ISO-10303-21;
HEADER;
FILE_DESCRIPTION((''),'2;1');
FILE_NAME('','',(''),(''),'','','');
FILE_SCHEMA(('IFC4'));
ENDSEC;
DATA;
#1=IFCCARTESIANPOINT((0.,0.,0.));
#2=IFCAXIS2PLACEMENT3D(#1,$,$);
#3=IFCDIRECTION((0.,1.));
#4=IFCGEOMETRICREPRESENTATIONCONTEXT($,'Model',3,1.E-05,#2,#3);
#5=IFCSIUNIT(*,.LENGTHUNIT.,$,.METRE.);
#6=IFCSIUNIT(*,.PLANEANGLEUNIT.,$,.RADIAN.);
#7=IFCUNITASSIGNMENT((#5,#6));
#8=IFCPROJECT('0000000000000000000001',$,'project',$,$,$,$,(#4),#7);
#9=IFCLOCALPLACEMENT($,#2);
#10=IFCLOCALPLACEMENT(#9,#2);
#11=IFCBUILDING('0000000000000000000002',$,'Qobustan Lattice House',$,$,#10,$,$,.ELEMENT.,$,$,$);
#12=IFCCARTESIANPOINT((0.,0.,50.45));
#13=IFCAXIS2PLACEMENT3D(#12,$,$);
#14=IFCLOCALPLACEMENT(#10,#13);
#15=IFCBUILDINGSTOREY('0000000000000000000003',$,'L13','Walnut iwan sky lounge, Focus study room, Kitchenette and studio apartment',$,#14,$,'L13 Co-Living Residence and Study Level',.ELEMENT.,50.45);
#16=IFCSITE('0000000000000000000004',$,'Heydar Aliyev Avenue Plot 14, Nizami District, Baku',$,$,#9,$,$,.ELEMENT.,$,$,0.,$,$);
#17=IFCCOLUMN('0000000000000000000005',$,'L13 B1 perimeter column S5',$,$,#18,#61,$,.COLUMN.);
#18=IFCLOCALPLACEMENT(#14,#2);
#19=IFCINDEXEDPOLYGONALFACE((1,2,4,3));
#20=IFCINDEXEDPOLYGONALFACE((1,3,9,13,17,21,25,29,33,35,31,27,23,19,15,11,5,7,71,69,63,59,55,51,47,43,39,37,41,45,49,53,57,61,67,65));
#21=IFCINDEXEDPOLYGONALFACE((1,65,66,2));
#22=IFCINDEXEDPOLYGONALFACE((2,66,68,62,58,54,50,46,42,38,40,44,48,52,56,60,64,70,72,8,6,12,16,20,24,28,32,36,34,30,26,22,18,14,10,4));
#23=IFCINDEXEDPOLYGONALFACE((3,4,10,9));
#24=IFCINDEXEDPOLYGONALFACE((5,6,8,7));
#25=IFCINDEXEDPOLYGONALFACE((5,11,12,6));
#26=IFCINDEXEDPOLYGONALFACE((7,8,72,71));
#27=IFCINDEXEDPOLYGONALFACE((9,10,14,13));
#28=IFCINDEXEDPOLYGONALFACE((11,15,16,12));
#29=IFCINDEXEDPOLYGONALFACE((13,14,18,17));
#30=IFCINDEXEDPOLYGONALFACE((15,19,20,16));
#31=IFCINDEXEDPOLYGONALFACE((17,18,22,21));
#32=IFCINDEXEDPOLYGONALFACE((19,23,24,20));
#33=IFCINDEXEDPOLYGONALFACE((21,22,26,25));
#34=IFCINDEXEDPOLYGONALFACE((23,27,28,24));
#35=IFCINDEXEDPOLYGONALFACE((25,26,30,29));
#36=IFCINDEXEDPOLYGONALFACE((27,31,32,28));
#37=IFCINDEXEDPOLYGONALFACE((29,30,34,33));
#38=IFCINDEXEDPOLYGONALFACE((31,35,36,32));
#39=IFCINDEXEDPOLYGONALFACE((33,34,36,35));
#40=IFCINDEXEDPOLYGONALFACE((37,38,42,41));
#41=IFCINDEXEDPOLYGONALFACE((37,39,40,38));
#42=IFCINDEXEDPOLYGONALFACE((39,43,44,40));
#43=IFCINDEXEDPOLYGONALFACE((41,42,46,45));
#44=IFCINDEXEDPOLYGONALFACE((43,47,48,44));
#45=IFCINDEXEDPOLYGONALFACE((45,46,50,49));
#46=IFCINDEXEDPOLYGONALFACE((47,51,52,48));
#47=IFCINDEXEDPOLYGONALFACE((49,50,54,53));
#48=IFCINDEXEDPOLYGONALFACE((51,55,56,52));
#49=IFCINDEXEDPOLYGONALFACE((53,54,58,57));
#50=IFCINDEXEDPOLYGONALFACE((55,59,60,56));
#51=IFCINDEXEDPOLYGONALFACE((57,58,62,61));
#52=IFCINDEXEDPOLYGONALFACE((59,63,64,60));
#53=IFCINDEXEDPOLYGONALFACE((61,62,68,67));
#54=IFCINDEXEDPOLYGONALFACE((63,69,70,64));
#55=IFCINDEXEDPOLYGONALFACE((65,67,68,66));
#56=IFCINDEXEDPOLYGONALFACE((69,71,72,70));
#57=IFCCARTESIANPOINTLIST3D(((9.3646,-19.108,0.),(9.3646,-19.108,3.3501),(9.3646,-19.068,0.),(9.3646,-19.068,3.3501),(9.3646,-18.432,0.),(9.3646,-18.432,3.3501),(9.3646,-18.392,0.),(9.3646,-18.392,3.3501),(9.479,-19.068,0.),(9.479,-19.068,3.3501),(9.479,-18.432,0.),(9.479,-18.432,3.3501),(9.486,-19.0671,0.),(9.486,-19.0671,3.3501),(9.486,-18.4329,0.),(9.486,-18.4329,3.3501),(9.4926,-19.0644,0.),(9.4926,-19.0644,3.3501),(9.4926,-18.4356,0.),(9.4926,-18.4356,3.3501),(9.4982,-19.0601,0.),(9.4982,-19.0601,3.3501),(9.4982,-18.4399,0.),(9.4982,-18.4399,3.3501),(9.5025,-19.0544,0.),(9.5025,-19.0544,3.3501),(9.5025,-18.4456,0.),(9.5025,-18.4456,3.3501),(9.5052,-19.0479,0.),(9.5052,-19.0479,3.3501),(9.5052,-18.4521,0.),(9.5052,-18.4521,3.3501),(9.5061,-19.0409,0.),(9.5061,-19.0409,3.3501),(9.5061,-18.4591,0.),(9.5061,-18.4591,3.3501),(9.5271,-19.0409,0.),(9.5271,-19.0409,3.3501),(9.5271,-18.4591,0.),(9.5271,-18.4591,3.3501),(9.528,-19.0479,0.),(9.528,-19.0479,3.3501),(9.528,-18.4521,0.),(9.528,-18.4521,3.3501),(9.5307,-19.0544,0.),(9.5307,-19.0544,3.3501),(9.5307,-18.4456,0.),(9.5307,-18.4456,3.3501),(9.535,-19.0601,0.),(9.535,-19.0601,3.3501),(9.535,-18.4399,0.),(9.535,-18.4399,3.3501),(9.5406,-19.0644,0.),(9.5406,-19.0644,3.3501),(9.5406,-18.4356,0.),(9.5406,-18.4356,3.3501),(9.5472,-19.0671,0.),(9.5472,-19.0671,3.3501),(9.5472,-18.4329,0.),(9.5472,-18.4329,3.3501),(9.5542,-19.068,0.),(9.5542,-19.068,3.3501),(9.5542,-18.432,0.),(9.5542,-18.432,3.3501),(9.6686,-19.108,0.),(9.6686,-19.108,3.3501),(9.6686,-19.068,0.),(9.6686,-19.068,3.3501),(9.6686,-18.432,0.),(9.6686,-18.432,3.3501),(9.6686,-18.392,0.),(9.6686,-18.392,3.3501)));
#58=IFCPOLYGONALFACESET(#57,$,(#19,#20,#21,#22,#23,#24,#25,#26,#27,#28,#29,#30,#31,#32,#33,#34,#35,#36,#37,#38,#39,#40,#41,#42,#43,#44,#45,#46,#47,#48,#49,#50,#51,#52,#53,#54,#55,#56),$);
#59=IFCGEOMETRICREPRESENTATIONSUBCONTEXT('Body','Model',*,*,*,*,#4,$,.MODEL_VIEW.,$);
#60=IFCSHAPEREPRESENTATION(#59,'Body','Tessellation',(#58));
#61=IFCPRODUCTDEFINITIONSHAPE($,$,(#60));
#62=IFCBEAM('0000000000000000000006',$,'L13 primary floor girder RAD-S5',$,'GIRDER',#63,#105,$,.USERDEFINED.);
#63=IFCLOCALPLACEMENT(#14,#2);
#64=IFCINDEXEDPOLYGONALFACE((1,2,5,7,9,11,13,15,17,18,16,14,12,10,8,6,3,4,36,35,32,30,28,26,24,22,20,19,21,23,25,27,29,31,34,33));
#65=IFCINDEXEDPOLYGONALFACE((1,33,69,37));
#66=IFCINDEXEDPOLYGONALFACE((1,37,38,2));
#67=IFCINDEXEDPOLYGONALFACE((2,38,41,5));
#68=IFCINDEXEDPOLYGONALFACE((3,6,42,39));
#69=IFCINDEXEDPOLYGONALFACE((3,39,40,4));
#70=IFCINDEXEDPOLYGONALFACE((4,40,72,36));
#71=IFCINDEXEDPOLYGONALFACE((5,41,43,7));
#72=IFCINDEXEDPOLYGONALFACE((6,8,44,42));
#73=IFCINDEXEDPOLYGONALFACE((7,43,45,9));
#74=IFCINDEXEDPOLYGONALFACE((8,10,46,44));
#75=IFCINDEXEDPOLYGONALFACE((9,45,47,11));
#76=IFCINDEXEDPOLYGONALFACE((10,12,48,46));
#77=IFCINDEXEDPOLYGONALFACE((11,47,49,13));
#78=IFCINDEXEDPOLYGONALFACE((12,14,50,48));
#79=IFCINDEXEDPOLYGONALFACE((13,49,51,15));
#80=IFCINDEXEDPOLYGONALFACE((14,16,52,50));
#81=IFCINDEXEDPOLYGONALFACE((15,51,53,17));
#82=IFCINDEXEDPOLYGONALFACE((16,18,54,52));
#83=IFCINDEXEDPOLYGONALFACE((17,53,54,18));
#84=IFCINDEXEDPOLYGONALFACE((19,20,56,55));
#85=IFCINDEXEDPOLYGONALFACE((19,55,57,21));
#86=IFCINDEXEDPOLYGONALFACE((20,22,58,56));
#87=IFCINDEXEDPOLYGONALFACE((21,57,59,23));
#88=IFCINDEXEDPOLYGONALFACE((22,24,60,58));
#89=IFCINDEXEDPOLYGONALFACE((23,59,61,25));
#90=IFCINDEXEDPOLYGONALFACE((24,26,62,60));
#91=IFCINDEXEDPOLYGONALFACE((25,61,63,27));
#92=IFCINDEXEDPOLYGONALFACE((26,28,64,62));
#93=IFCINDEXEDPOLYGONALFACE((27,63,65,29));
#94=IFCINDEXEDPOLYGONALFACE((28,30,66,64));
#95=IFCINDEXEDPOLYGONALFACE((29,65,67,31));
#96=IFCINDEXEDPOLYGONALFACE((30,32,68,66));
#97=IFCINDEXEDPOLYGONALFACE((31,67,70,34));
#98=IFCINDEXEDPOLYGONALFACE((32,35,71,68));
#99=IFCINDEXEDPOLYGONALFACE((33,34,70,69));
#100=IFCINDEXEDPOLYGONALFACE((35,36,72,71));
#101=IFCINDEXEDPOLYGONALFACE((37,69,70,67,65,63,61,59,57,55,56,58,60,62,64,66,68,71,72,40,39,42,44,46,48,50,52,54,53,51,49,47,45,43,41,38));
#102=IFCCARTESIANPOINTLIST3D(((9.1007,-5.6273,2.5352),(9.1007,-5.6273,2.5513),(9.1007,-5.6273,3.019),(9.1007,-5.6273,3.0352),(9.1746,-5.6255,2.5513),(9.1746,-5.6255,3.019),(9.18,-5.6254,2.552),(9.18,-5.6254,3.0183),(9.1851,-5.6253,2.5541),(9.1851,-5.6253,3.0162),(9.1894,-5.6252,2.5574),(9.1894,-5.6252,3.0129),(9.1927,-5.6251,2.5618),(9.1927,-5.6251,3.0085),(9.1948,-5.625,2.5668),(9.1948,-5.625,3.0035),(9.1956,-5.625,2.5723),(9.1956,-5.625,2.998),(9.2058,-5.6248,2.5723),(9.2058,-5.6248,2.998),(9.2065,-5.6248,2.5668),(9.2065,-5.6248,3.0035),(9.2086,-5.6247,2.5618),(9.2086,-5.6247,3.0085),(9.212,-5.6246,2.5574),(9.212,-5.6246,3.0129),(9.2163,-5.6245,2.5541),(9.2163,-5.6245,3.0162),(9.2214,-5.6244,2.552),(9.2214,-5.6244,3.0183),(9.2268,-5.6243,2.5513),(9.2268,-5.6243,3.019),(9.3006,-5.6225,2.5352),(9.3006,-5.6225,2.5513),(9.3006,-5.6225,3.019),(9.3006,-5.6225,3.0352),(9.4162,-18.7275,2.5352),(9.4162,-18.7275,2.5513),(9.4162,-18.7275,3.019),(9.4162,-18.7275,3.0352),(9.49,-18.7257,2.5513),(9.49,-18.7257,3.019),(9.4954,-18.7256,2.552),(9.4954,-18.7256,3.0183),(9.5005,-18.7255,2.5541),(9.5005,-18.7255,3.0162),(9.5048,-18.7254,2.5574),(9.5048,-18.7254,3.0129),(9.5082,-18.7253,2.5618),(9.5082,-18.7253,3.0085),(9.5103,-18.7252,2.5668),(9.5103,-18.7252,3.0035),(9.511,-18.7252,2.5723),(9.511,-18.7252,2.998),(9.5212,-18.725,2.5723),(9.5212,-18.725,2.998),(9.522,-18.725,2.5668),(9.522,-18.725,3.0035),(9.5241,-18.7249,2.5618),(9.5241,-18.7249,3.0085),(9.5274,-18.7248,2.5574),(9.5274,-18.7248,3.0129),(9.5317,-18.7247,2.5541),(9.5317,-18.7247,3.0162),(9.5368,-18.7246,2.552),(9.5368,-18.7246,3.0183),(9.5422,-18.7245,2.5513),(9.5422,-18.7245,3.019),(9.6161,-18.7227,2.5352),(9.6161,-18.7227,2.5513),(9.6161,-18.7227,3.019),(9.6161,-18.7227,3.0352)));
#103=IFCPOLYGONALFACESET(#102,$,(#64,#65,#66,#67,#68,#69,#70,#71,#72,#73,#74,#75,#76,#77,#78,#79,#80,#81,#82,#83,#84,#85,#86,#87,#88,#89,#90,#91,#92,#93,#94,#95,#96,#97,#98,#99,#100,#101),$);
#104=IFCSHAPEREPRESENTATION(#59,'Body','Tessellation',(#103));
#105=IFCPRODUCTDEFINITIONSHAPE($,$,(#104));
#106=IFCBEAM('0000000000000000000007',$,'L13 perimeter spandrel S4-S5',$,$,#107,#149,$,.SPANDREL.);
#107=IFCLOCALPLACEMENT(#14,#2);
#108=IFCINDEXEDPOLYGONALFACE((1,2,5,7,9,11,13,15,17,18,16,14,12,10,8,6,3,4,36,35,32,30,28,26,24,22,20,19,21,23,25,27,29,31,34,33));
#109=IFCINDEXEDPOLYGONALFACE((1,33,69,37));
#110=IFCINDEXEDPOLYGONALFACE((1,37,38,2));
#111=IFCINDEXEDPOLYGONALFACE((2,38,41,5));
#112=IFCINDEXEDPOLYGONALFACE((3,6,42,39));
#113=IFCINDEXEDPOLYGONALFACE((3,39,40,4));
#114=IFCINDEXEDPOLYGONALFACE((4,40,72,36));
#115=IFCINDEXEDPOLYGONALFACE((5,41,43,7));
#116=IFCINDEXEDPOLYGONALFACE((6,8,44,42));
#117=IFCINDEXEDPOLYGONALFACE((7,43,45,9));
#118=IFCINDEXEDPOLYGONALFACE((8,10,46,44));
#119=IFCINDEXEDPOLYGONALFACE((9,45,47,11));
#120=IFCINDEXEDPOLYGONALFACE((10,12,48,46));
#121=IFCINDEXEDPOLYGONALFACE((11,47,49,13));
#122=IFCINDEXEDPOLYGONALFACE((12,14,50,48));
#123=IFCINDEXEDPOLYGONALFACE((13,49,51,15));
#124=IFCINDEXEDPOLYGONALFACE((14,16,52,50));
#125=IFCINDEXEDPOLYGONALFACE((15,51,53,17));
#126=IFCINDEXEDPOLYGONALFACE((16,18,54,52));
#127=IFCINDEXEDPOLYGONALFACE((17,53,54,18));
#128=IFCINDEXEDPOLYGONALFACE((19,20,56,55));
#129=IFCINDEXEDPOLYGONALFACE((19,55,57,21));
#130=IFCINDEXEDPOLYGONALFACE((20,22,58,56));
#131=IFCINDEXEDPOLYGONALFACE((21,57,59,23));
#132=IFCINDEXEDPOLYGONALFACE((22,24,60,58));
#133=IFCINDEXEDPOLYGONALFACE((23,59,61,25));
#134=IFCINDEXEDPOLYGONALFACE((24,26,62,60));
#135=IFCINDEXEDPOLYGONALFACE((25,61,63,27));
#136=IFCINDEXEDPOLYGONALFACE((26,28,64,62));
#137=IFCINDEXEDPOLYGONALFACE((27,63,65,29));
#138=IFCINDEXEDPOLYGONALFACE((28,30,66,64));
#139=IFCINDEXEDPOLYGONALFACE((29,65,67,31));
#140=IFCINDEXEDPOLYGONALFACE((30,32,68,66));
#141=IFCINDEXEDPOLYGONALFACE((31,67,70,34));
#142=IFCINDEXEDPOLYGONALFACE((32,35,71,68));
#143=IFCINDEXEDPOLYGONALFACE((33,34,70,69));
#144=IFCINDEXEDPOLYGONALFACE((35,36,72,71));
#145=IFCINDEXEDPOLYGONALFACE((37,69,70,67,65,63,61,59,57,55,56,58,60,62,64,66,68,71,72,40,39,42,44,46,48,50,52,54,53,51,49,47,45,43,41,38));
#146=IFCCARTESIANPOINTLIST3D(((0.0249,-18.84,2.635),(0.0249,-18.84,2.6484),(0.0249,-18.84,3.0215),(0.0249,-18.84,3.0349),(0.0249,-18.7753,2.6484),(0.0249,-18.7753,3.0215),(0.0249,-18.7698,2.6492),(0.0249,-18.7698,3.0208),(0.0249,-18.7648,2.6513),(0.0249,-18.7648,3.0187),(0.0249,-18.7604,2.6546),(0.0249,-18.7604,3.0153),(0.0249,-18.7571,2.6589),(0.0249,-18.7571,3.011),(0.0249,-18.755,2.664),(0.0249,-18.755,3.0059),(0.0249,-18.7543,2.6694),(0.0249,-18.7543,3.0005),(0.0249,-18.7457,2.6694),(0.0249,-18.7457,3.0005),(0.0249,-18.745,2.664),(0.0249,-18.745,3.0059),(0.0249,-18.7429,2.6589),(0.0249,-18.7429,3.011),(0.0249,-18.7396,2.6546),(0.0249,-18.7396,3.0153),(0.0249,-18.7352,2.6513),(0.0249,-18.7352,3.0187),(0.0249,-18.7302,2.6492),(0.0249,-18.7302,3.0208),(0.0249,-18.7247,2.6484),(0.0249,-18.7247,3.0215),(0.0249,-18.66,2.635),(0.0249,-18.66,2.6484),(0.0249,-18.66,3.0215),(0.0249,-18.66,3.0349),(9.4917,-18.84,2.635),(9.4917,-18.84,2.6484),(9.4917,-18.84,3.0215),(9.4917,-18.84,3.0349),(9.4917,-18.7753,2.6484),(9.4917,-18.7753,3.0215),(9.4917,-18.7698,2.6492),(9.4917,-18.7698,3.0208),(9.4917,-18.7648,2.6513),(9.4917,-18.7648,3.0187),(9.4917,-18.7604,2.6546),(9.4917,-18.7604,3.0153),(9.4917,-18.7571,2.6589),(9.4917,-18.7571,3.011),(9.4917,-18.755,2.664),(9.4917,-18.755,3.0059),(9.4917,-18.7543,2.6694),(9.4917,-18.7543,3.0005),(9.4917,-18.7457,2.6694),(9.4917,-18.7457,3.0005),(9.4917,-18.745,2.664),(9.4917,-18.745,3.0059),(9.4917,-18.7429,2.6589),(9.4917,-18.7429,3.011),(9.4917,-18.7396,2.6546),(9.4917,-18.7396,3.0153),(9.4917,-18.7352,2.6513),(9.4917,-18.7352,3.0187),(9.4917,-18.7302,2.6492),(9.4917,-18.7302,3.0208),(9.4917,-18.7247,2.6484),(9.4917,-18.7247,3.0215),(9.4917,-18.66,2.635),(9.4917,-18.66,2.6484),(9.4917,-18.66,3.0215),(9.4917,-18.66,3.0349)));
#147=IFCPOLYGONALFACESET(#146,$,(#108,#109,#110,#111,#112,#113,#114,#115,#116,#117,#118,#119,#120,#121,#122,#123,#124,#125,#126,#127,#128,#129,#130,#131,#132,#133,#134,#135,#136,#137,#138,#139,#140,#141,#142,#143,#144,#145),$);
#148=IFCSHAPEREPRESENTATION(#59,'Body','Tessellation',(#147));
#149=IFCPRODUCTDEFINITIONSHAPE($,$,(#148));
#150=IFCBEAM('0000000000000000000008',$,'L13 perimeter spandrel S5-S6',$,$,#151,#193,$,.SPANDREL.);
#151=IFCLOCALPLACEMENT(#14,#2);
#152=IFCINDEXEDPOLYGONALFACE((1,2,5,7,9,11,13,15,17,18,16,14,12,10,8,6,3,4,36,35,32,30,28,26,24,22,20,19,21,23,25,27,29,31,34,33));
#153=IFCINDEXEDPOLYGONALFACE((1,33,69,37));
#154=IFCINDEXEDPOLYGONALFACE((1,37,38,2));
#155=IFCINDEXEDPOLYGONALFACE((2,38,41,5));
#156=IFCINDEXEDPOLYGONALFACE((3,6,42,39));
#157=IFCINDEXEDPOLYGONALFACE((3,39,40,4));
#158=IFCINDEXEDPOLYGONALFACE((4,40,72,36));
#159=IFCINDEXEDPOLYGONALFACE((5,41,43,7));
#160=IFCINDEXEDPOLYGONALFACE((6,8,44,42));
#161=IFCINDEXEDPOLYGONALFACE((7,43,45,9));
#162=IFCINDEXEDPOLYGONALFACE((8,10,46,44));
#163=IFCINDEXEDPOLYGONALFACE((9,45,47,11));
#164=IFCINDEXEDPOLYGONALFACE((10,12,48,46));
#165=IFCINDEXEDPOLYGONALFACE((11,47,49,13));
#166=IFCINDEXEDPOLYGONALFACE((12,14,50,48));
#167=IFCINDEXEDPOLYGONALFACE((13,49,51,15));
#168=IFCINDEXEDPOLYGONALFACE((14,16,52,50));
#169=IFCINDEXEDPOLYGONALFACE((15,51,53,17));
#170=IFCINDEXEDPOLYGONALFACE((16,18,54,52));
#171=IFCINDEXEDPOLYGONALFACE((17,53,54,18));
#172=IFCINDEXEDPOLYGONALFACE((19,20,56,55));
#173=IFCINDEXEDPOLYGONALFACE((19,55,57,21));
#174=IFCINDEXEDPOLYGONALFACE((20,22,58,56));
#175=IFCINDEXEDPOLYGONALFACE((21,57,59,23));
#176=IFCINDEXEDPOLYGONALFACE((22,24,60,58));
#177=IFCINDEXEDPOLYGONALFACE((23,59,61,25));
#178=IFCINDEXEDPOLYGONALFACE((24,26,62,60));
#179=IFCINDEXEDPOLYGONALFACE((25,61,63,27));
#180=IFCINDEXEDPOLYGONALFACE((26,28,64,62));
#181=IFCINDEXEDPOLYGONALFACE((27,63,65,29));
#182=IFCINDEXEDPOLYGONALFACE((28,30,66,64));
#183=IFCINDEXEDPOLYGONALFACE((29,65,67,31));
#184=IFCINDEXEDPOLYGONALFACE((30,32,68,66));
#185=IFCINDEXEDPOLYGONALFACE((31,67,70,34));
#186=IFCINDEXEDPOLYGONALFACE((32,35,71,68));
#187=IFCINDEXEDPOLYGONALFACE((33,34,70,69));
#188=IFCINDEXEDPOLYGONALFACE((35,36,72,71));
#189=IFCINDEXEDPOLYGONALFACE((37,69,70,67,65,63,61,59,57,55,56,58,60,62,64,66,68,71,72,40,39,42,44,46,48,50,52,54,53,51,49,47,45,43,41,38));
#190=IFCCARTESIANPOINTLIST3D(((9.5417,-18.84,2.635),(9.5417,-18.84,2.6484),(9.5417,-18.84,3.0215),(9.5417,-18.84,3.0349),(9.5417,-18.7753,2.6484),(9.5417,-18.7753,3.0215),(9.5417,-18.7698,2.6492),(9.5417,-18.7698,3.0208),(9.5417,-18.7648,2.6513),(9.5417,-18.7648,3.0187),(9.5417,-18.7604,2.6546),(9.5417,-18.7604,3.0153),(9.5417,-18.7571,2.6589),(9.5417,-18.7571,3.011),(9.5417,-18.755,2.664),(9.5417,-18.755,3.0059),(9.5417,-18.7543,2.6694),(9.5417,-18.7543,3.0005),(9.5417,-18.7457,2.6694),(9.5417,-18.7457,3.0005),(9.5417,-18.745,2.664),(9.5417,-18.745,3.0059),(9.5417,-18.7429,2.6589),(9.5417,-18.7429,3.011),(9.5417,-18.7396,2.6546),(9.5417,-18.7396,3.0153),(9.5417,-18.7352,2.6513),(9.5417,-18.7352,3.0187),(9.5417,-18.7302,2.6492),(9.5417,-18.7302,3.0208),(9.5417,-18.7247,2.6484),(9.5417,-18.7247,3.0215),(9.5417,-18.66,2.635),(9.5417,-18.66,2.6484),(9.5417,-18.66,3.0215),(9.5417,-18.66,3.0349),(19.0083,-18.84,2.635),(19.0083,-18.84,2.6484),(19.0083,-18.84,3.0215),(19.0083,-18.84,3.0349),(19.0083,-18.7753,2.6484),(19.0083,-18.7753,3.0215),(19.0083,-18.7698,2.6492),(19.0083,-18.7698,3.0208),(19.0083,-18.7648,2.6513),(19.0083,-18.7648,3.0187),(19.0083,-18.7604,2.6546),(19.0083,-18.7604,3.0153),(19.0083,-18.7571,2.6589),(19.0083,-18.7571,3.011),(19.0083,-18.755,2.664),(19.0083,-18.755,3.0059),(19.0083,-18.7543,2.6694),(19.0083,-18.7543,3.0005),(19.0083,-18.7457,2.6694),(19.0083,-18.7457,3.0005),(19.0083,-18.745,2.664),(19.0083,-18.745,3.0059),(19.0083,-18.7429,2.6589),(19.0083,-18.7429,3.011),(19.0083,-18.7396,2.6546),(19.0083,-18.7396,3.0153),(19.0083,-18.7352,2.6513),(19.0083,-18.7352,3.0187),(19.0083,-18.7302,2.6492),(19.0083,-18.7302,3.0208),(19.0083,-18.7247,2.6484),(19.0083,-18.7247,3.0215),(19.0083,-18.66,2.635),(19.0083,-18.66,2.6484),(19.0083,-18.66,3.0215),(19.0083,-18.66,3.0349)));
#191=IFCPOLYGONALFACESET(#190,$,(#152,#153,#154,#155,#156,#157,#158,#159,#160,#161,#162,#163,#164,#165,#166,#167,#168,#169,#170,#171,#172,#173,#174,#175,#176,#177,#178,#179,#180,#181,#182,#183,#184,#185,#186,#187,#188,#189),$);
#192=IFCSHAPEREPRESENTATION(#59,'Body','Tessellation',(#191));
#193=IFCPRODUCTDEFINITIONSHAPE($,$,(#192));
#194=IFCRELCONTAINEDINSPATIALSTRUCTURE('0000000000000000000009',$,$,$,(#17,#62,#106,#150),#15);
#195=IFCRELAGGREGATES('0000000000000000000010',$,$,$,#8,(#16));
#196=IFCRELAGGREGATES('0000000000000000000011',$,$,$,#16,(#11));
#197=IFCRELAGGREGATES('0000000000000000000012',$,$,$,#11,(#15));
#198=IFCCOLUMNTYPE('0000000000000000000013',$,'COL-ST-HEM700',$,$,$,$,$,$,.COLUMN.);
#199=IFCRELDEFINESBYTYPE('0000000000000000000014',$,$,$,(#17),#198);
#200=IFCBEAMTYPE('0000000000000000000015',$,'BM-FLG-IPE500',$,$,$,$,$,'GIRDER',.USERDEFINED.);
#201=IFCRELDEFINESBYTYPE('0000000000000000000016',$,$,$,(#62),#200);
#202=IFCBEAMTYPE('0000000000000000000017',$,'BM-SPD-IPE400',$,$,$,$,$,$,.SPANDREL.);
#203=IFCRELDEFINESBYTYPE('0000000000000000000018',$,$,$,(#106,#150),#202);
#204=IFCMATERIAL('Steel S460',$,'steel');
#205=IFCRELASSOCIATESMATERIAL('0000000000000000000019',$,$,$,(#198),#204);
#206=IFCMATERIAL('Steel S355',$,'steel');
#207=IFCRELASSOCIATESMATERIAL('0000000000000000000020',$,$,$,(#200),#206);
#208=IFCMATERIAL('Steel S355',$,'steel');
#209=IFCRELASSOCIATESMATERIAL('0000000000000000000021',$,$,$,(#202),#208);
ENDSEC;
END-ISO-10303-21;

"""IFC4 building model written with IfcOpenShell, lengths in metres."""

from ifc_helpers import new_model, si_unit, direction, frame, origin, origin_2d, place, context, subcontext, project, spatial, i_section, extrude, material, material_profile, profile_set, type_object, element, save


model = new_model("IFC4")

# Units and contexts
model_context = context("Model", 3, precision=1e-05, world=origin(), true_north=direction((0.0, 1.0)))
body_context = subcontext(model_context, "Body", "Model", "MODEL_VIEW")
ifc_project = project(units=[si_unit("LENGTHUNIT", "METRE"), si_unit("PLANEANGLEUNIT", "RADIAN")], contexts=[model_context])

# Site, building, storey
site_placement = place(None, origin())
site = spatial("IfcSite", under=ifc_project, at=site_placement, Name="Heydar Aliyev Avenue Plot 14, Nizami District, Baku", CompositionType="ELEMENT", RefElevation=0.0)
building_placement = place(site_placement, origin())
building = spatial("IfcBuilding", under=site, at=building_placement, Name="Qobustan Lattice House", CompositionType="ELEMENT")
storey_placement = place(building_placement, frame((0.0, 0.0, 50.45)))
storey = spatial("IfcBuildingStorey", under=building, at=storey_placement, Name="L13", Description="Walnut iwan sky lounge, Focus study room, Kitchenette and studio apartment", LongName="L13 Co-Living Residence and Study Level", CompositionType="ELEMENT", Elevation=50.45)

# Column
ifc_material_1 = material(Name="Steel S460", Category="steel")
ifc_material_profile_1 = material_profile(ifc_material_1, i_section(OverallWidth=0.304, OverallDepth=0.7161, WebThickness=0.021, FlangeThickness=0.04, FilletRadius=0.0271, at=origin_2d()), Name="HEM700")
ifc_profile_set_1 = profile_set([ifc_material_profile_1], Name="Steel S460")
column_type = type_object("IfcColumnType", Name="COL-ST-HEM700", PredefinedType="COLUMN", material=ifc_profile_set_1)
column_placement = place(storey_placement, frame((9.5166, -18.75, 0.0), z_axis=(0.0, 0.0, 1.0), x_axis=(1.0, 0.0, 0.0)))
element("IfcColumn", 1, at=column_placement, inside=storey, type_object=column_type, Name="L13 B1 perimeter column S5", PredefinedType="COLUMN", context=body_context, shape_type="SweptSolid", body=[
    extrude(i_section(OverallWidth=0.304, OverallDepth=0.7161, WebThickness=0.021, FlangeThickness=0.04, FilletRadius=0.0271, at=origin_2d()), origin(), (0.0, 0.0, 1.0), 3.3501),
])

# Beams
ifc_material_2 = material(Name="Steel S355", Category="steel")
ifc_material_profile_2 = material_profile(ifc_material_2, i_section(OverallWidth=0.2, OverallDepth=0.5, WebThickness=0.0103, FlangeThickness=0.0161, FilletRadius=0.021, at=origin_2d()), Name="IPE500")
ifc_profile_set_2 = profile_set([ifc_material_profile_2], Name="Steel S355")
beam_type_1 = type_object("IfcBeamType", Name="BM-FLG-IPE500", ElementType="GIRDER", PredefinedType="USERDEFINED", material=ifc_profile_set_2)
beam_1_placement = place(storey_placement, frame((9.5161, -18.7251, 2.7852), z_axis=(-0.024071, 0.99971, 0.0), x_axis=(-0.99971, -0.024071, 0.0)))
element("IfcBeam", 2, at=beam_1_placement, inside=storey, type_object=beam_type_1, Name="L13 primary floor girder RAD-S5", ObjectType="GIRDER", PredefinedType="USERDEFINED", context=body_context, shape_type="SweptSolid", body=[
    extrude(i_section(OverallWidth=0.2, OverallDepth=0.5, WebThickness=0.0103, FlangeThickness=0.0161, FilletRadius=0.021, at=origin_2d()), origin(), (0.0, 0.0, 1.0), 13.104),
])
ifc_material_3 = material(Name="Steel S355", Category="steel")
ifc_material_profile_3 = material_profile(ifc_material_3, i_section(OverallWidth=0.1799, OverallDepth=0.3999, WebThickness=0.0085, FlangeThickness=0.0134, FilletRadius=0.021, at=origin_2d()), Name="IPE400")
ifc_profile_set_3 = profile_set([ifc_material_profile_3], Name="Steel S355")
beam_type_2 = type_object("IfcBeamType", Name="BM-SPD-IPE400", PredefinedType="SPANDREL", material=ifc_profile_set_3)
beam_2_placement = place(storey_placement, frame((0.0249, -18.75, 2.835), z_axis=(1.0, 0.0, 0.0), x_axis=(0.0, 1.0, 0.0)))
element("IfcBeam", 3, at=beam_2_placement, inside=storey, type_object=beam_type_2, Name="L13 perimeter spandrel S4-S5", PredefinedType="SPANDREL", context=body_context, shape_type="SweptSolid", body=[
    extrude(i_section(OverallWidth=0.1799, OverallDepth=0.3999, WebThickness=0.0085, FlangeThickness=0.0134, FilletRadius=0.021, at=origin_2d()), origin(), (0.0, 0.0, 1.0), 9.4668),
])
beam_3_placement = place(storey_placement, frame((9.5417, -18.75, 2.835), z_axis=(1.0, 0.0, 0.0), x_axis=(0.0, 1.0, 0.0)))
element("IfcBeam", 4, at=beam_3_placement, inside=storey, type_object=beam_type_2, Name="L13 perimeter spandrel S5-S6", PredefinedType="SPANDREL", context=body_context, shape_type="SweptSolid", body=[
    extrude(i_section(OverallWidth=0.1799, OverallDepth=0.3999, WebThickness=0.0085, FlangeThickness=0.0134, FilletRadius=0.021, at=origin_2d()), origin(), (0.0, 0.0, 1.0), 9.4666),
])

save(model, "model.ifc")
